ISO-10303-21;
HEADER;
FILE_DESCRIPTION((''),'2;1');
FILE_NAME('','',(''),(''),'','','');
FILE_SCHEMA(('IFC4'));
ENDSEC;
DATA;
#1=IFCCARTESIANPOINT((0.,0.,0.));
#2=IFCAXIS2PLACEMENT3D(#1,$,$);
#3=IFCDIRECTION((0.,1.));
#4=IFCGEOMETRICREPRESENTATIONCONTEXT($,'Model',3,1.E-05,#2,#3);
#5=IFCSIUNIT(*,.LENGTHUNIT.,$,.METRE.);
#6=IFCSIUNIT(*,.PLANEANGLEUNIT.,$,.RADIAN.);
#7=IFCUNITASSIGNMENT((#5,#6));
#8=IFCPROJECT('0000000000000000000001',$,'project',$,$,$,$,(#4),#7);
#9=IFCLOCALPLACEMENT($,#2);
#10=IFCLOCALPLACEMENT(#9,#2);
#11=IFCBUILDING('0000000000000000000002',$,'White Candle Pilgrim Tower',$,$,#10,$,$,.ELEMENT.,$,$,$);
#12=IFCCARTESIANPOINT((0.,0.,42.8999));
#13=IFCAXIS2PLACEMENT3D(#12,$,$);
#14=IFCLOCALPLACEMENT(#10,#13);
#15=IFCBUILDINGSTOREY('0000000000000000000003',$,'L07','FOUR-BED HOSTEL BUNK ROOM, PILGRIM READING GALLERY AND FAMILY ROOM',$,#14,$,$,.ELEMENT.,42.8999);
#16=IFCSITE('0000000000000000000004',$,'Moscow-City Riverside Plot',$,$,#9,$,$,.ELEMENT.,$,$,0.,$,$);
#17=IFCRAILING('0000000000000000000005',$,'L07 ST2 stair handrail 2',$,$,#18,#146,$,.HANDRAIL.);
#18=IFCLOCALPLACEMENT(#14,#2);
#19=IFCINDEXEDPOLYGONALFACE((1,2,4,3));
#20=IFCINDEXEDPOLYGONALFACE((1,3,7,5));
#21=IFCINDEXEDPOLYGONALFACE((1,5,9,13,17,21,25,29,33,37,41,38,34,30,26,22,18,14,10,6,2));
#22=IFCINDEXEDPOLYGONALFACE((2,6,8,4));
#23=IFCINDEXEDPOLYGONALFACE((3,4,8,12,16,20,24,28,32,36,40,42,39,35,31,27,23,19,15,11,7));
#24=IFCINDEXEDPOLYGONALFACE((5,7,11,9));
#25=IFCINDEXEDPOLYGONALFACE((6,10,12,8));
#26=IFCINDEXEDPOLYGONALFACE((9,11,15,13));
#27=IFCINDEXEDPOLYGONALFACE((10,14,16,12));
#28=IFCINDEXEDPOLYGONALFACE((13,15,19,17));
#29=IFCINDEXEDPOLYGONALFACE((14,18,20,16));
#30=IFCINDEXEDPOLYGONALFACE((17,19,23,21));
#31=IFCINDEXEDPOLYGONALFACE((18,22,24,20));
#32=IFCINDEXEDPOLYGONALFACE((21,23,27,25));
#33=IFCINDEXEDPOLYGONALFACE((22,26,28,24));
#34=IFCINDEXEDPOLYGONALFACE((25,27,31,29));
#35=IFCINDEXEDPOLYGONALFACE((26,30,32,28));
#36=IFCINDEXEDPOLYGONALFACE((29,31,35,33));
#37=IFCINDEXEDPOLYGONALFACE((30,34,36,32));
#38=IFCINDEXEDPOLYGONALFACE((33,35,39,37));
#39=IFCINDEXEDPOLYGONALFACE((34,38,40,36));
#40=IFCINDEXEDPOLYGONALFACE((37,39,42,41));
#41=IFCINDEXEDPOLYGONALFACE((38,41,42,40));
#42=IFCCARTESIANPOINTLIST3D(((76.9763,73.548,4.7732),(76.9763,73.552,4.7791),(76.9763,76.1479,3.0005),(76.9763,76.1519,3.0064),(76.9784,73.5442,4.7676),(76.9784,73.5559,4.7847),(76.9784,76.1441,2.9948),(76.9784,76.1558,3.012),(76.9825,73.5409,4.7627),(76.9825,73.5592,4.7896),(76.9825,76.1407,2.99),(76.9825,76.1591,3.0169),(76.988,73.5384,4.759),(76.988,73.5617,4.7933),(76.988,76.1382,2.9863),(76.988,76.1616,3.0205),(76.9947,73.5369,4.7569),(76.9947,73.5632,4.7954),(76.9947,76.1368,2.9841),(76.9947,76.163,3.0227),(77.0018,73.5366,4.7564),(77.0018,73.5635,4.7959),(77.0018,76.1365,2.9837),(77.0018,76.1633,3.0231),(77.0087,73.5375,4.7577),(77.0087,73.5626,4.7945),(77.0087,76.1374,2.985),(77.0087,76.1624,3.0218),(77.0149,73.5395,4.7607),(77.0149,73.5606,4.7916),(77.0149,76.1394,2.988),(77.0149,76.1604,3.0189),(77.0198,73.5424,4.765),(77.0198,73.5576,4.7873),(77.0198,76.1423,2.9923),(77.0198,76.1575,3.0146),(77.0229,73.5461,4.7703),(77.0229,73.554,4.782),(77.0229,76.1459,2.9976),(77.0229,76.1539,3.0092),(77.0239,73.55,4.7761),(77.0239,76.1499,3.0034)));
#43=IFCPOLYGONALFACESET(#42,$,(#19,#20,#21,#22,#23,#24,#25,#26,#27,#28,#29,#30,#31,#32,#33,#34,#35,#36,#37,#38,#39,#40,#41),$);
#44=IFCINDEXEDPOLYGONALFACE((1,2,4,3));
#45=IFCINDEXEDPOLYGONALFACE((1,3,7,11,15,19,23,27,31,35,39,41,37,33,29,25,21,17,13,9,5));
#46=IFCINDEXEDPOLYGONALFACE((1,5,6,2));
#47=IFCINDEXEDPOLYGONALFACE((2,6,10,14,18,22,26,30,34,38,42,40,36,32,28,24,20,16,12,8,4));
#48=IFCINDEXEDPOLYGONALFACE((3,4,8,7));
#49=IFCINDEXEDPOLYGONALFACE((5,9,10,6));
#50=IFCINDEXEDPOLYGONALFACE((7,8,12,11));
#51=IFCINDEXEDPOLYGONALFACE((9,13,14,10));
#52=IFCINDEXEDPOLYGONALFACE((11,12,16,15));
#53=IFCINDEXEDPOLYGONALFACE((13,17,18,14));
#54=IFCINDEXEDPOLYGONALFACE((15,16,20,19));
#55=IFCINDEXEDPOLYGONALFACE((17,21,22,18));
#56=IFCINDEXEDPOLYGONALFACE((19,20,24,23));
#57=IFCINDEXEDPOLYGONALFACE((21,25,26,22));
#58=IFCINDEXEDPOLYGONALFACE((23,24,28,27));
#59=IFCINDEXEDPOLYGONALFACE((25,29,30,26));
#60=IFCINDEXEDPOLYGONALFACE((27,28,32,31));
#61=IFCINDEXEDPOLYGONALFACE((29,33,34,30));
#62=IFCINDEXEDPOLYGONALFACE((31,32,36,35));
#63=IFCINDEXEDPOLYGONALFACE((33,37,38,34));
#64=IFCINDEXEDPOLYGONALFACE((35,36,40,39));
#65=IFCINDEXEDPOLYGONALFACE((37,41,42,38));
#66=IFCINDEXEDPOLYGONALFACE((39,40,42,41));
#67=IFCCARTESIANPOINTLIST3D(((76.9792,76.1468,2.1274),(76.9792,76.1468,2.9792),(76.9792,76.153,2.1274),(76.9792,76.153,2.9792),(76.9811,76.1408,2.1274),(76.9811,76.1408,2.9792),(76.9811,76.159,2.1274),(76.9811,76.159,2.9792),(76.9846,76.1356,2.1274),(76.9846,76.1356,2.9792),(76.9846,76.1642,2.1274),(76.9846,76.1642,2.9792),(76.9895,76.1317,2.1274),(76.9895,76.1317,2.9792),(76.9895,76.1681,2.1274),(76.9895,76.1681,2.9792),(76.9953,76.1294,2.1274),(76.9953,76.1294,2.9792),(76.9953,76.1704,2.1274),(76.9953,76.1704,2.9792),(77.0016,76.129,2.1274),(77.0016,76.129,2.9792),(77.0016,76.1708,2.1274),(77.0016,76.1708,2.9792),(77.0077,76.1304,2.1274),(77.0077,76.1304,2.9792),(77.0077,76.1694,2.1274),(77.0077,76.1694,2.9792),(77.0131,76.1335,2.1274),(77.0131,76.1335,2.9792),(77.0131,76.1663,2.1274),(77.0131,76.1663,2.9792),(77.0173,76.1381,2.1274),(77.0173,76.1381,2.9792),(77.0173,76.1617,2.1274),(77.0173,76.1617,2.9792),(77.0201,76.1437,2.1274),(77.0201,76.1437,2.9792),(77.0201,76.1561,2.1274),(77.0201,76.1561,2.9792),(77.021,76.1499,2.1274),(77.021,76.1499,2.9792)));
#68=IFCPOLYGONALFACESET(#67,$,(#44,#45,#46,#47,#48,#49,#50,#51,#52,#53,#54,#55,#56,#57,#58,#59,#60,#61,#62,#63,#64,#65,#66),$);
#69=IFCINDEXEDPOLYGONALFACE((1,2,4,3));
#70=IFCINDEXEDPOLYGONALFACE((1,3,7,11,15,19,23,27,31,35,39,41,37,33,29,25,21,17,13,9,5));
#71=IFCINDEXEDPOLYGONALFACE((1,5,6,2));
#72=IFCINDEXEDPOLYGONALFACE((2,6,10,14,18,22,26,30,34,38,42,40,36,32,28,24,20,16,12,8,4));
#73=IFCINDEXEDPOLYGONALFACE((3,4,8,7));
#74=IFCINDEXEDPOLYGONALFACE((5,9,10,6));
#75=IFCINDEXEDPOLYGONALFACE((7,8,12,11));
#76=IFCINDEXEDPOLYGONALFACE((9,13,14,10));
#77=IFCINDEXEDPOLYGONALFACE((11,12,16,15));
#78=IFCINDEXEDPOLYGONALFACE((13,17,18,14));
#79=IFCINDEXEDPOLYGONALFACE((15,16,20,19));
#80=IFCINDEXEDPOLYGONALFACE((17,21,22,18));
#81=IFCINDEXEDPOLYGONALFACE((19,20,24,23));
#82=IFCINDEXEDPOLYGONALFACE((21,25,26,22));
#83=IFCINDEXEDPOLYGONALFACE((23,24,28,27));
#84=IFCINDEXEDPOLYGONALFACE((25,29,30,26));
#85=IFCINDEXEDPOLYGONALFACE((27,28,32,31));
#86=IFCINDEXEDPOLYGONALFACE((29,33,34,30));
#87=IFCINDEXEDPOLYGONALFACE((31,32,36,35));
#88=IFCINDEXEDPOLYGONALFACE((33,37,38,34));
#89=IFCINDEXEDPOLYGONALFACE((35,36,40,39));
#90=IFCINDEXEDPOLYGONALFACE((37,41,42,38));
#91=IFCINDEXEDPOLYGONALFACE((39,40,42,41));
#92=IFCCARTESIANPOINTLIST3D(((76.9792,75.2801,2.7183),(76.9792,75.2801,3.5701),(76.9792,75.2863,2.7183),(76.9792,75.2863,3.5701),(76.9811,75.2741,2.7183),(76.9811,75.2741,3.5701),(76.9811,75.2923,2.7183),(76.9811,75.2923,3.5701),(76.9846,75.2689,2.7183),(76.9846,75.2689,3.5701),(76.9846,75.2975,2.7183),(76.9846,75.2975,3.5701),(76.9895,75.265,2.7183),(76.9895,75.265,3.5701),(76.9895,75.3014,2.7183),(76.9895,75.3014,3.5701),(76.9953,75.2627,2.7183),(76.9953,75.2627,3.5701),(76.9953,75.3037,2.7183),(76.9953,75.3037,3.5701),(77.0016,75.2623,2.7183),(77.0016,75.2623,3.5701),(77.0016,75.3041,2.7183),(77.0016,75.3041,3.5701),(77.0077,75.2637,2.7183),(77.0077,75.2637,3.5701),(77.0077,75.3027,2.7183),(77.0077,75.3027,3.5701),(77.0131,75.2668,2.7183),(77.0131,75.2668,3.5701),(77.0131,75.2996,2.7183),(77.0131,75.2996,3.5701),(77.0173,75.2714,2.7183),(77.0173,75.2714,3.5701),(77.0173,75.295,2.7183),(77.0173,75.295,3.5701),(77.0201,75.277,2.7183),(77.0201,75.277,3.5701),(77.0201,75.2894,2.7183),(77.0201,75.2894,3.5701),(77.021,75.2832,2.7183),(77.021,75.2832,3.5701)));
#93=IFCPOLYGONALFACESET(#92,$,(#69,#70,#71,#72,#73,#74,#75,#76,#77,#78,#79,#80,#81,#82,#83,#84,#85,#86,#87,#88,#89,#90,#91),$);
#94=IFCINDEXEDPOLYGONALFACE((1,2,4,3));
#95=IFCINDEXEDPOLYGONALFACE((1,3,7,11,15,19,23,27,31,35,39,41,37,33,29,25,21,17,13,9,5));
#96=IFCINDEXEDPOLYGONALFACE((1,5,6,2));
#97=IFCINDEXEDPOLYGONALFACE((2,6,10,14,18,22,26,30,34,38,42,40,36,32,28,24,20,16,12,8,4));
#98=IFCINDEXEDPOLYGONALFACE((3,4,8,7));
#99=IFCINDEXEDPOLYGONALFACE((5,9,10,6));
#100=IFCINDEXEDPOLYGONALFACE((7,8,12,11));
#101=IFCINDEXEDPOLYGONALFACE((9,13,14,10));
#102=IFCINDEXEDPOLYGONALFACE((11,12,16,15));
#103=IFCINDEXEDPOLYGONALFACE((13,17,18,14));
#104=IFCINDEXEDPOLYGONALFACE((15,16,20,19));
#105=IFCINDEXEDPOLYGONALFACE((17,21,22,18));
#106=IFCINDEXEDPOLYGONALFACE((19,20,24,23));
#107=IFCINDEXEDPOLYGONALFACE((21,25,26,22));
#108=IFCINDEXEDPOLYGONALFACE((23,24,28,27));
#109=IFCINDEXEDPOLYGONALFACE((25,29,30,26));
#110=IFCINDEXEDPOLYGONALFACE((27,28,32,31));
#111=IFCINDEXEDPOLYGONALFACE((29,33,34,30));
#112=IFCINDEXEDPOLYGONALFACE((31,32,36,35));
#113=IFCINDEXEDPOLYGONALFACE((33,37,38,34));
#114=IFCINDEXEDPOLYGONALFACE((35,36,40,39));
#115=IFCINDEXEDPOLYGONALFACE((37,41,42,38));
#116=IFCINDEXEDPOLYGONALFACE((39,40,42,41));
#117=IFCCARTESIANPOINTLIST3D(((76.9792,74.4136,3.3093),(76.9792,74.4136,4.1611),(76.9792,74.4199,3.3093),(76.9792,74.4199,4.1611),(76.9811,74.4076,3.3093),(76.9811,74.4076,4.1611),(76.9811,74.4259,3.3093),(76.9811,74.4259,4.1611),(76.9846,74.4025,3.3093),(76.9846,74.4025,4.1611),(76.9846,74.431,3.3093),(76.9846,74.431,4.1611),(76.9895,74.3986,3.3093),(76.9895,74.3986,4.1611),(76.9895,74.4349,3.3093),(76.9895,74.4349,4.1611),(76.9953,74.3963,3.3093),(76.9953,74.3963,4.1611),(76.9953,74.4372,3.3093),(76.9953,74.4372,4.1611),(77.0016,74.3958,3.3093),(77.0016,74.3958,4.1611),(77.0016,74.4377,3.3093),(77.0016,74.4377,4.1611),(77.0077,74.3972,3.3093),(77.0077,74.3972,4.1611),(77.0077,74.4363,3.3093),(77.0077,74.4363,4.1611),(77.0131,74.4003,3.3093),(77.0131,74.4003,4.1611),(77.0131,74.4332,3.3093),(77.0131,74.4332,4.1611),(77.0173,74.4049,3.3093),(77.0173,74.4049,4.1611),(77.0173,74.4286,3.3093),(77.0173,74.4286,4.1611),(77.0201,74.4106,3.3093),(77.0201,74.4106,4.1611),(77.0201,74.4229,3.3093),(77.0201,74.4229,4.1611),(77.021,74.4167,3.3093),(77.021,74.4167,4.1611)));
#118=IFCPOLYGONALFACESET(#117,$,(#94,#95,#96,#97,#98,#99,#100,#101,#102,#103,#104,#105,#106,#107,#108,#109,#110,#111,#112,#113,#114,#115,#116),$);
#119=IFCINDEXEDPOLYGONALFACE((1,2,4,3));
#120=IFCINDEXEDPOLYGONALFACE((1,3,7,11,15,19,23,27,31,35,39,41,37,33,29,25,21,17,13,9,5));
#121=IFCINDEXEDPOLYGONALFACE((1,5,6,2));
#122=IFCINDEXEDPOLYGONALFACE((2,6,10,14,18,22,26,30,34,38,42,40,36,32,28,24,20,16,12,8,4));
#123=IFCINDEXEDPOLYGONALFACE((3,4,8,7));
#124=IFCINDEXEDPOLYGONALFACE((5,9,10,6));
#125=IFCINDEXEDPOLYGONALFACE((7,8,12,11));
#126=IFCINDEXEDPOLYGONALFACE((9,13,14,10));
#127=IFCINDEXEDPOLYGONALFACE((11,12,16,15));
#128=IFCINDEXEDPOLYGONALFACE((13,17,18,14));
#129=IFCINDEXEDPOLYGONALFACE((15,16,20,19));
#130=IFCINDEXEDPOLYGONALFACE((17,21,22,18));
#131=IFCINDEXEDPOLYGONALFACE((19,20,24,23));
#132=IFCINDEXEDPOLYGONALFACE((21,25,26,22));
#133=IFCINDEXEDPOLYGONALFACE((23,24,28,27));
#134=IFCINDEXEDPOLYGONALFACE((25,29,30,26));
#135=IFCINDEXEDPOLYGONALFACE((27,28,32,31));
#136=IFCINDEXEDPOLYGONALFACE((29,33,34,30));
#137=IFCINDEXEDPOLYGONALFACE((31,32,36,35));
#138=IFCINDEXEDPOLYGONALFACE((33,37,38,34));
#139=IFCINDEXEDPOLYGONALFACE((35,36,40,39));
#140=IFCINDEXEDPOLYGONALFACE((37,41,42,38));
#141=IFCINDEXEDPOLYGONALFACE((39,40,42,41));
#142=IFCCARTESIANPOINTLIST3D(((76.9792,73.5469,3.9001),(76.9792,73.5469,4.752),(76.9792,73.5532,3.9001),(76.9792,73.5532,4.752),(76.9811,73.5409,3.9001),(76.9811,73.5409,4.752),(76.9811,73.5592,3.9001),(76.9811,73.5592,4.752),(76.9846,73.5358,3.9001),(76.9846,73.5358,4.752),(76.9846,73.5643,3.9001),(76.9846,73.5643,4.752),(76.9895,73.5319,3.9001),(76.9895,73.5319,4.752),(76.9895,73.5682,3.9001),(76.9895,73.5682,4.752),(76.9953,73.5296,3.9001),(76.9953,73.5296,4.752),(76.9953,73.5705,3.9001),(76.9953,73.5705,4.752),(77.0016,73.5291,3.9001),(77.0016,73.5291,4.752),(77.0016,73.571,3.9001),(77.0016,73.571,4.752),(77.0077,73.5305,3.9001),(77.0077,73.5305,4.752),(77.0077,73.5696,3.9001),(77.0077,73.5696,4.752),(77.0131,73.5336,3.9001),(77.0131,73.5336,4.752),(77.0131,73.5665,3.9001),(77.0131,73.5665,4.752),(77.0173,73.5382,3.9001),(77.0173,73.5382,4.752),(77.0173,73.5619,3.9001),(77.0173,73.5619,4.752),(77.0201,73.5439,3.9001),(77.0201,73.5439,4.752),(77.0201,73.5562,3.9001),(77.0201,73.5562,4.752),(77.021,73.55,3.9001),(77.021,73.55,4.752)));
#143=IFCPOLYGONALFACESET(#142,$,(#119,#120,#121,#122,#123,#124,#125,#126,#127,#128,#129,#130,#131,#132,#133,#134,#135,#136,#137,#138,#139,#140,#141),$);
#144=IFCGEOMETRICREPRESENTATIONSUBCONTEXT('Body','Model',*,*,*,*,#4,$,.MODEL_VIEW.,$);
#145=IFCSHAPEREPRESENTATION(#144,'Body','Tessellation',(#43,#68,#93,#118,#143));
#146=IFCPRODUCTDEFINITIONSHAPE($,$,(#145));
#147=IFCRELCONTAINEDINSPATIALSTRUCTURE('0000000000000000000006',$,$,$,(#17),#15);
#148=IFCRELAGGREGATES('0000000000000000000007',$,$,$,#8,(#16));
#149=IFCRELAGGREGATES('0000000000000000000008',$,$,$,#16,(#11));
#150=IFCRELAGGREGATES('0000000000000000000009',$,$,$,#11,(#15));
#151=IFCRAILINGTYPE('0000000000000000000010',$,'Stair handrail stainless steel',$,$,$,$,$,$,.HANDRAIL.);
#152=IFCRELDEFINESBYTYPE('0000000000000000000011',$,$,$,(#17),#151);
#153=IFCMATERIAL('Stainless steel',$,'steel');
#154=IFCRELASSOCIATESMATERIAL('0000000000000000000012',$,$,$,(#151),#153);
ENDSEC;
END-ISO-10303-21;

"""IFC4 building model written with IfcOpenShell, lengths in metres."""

from ifc_helpers import new_model, si_unit, direction, frame, origin, origin_2d, place, context, subcontext, project, spatial, circle, extrude, material, type_object, element, save


model = new_model("IFC4")

# Units and contexts
model_context = context("Model", 3, precision=1e-05, world=origin(), true_north=direction((0.0, 1.0)))
body_context = subcontext(model_context, "Body", "Model", "MODEL_VIEW")
ifc_project = project(units=[si_unit("LENGTHUNIT", "METRE"), si_unit("PLANEANGLEUNIT", "RADIAN")], contexts=[model_context])

# Site, building, storey
site_placement = place(None, origin())
site = spatial("IfcSite", under=ifc_project, at=site_placement, Name="Moscow-City Riverside Plot", CompositionType="ELEMENT", RefElevation=0.0)
building_placement = place(site_placement, origin())
building = spatial("IfcBuilding", under=site, at=building_placement, Name="White Candle Pilgrim Tower", CompositionType="ELEMENT")
storey_placement = place(building_placement, frame((0.0, 0.0, 42.8999)))
storey = spatial("IfcBuildingStorey", under=building, at=storey_placement, Name="L07", Description="FOUR-BED HOSTEL BUNK ROOM, PILGRIM READING GALLERY AND FAMILY ROOM", CompositionType="ELEMENT", Elevation=42.8999)

# Railing
ifc_material_1 = material(Name="Stainless steel", Category="steel")
railing_type_1 = type_object("IfcRailingType", Name="Stair handrail stainless steel", PredefinedType="HANDRAIL", material=ifc_material_1)
railing_1_placement = place(storey_placement, frame((77.0, 76.1499, 2.1274)))
element("IfcRailing", 1, at=railing_1_placement, inside=storey, type_object=railing_type_1, Name="L07 ST2 stair handrail 2", PredefinedType="HANDRAIL", context=body_context, shape_type="SweptSolid", body=[
    extrude(circle(Radius=0.0239, at=origin_2d()), frame((0.0, 0.0, 0.876), z_axis=(0.0, -0.826216, 0.563354), x_axis=(1.0, 0.0, 0.0)), (0.0, 0.0, 1.0), 3.1467),
    extrude(circle(Radius=0.021, at=origin_2d()), origin(), (0.0, 0.0, 1.0), 0.8518),
    extrude(circle(Radius=0.021, at=origin_2d()), frame((0.0, -0.8667, 0.5908)), (0.0, 0.0, 1.0), 0.8518),
    extrude(circle(Radius=0.021, at=origin_2d()), frame((0.0, -1.7332, 1.1819)), (0.0, 0.0, 1.0), 0.8518),
    extrude(circle(Radius=0.021, at=origin_2d()), frame((0.0, -2.5999, 1.7727)), (0.0, 0.0, 1.0), 0.8518),
])

save(model, "model.ifc")
